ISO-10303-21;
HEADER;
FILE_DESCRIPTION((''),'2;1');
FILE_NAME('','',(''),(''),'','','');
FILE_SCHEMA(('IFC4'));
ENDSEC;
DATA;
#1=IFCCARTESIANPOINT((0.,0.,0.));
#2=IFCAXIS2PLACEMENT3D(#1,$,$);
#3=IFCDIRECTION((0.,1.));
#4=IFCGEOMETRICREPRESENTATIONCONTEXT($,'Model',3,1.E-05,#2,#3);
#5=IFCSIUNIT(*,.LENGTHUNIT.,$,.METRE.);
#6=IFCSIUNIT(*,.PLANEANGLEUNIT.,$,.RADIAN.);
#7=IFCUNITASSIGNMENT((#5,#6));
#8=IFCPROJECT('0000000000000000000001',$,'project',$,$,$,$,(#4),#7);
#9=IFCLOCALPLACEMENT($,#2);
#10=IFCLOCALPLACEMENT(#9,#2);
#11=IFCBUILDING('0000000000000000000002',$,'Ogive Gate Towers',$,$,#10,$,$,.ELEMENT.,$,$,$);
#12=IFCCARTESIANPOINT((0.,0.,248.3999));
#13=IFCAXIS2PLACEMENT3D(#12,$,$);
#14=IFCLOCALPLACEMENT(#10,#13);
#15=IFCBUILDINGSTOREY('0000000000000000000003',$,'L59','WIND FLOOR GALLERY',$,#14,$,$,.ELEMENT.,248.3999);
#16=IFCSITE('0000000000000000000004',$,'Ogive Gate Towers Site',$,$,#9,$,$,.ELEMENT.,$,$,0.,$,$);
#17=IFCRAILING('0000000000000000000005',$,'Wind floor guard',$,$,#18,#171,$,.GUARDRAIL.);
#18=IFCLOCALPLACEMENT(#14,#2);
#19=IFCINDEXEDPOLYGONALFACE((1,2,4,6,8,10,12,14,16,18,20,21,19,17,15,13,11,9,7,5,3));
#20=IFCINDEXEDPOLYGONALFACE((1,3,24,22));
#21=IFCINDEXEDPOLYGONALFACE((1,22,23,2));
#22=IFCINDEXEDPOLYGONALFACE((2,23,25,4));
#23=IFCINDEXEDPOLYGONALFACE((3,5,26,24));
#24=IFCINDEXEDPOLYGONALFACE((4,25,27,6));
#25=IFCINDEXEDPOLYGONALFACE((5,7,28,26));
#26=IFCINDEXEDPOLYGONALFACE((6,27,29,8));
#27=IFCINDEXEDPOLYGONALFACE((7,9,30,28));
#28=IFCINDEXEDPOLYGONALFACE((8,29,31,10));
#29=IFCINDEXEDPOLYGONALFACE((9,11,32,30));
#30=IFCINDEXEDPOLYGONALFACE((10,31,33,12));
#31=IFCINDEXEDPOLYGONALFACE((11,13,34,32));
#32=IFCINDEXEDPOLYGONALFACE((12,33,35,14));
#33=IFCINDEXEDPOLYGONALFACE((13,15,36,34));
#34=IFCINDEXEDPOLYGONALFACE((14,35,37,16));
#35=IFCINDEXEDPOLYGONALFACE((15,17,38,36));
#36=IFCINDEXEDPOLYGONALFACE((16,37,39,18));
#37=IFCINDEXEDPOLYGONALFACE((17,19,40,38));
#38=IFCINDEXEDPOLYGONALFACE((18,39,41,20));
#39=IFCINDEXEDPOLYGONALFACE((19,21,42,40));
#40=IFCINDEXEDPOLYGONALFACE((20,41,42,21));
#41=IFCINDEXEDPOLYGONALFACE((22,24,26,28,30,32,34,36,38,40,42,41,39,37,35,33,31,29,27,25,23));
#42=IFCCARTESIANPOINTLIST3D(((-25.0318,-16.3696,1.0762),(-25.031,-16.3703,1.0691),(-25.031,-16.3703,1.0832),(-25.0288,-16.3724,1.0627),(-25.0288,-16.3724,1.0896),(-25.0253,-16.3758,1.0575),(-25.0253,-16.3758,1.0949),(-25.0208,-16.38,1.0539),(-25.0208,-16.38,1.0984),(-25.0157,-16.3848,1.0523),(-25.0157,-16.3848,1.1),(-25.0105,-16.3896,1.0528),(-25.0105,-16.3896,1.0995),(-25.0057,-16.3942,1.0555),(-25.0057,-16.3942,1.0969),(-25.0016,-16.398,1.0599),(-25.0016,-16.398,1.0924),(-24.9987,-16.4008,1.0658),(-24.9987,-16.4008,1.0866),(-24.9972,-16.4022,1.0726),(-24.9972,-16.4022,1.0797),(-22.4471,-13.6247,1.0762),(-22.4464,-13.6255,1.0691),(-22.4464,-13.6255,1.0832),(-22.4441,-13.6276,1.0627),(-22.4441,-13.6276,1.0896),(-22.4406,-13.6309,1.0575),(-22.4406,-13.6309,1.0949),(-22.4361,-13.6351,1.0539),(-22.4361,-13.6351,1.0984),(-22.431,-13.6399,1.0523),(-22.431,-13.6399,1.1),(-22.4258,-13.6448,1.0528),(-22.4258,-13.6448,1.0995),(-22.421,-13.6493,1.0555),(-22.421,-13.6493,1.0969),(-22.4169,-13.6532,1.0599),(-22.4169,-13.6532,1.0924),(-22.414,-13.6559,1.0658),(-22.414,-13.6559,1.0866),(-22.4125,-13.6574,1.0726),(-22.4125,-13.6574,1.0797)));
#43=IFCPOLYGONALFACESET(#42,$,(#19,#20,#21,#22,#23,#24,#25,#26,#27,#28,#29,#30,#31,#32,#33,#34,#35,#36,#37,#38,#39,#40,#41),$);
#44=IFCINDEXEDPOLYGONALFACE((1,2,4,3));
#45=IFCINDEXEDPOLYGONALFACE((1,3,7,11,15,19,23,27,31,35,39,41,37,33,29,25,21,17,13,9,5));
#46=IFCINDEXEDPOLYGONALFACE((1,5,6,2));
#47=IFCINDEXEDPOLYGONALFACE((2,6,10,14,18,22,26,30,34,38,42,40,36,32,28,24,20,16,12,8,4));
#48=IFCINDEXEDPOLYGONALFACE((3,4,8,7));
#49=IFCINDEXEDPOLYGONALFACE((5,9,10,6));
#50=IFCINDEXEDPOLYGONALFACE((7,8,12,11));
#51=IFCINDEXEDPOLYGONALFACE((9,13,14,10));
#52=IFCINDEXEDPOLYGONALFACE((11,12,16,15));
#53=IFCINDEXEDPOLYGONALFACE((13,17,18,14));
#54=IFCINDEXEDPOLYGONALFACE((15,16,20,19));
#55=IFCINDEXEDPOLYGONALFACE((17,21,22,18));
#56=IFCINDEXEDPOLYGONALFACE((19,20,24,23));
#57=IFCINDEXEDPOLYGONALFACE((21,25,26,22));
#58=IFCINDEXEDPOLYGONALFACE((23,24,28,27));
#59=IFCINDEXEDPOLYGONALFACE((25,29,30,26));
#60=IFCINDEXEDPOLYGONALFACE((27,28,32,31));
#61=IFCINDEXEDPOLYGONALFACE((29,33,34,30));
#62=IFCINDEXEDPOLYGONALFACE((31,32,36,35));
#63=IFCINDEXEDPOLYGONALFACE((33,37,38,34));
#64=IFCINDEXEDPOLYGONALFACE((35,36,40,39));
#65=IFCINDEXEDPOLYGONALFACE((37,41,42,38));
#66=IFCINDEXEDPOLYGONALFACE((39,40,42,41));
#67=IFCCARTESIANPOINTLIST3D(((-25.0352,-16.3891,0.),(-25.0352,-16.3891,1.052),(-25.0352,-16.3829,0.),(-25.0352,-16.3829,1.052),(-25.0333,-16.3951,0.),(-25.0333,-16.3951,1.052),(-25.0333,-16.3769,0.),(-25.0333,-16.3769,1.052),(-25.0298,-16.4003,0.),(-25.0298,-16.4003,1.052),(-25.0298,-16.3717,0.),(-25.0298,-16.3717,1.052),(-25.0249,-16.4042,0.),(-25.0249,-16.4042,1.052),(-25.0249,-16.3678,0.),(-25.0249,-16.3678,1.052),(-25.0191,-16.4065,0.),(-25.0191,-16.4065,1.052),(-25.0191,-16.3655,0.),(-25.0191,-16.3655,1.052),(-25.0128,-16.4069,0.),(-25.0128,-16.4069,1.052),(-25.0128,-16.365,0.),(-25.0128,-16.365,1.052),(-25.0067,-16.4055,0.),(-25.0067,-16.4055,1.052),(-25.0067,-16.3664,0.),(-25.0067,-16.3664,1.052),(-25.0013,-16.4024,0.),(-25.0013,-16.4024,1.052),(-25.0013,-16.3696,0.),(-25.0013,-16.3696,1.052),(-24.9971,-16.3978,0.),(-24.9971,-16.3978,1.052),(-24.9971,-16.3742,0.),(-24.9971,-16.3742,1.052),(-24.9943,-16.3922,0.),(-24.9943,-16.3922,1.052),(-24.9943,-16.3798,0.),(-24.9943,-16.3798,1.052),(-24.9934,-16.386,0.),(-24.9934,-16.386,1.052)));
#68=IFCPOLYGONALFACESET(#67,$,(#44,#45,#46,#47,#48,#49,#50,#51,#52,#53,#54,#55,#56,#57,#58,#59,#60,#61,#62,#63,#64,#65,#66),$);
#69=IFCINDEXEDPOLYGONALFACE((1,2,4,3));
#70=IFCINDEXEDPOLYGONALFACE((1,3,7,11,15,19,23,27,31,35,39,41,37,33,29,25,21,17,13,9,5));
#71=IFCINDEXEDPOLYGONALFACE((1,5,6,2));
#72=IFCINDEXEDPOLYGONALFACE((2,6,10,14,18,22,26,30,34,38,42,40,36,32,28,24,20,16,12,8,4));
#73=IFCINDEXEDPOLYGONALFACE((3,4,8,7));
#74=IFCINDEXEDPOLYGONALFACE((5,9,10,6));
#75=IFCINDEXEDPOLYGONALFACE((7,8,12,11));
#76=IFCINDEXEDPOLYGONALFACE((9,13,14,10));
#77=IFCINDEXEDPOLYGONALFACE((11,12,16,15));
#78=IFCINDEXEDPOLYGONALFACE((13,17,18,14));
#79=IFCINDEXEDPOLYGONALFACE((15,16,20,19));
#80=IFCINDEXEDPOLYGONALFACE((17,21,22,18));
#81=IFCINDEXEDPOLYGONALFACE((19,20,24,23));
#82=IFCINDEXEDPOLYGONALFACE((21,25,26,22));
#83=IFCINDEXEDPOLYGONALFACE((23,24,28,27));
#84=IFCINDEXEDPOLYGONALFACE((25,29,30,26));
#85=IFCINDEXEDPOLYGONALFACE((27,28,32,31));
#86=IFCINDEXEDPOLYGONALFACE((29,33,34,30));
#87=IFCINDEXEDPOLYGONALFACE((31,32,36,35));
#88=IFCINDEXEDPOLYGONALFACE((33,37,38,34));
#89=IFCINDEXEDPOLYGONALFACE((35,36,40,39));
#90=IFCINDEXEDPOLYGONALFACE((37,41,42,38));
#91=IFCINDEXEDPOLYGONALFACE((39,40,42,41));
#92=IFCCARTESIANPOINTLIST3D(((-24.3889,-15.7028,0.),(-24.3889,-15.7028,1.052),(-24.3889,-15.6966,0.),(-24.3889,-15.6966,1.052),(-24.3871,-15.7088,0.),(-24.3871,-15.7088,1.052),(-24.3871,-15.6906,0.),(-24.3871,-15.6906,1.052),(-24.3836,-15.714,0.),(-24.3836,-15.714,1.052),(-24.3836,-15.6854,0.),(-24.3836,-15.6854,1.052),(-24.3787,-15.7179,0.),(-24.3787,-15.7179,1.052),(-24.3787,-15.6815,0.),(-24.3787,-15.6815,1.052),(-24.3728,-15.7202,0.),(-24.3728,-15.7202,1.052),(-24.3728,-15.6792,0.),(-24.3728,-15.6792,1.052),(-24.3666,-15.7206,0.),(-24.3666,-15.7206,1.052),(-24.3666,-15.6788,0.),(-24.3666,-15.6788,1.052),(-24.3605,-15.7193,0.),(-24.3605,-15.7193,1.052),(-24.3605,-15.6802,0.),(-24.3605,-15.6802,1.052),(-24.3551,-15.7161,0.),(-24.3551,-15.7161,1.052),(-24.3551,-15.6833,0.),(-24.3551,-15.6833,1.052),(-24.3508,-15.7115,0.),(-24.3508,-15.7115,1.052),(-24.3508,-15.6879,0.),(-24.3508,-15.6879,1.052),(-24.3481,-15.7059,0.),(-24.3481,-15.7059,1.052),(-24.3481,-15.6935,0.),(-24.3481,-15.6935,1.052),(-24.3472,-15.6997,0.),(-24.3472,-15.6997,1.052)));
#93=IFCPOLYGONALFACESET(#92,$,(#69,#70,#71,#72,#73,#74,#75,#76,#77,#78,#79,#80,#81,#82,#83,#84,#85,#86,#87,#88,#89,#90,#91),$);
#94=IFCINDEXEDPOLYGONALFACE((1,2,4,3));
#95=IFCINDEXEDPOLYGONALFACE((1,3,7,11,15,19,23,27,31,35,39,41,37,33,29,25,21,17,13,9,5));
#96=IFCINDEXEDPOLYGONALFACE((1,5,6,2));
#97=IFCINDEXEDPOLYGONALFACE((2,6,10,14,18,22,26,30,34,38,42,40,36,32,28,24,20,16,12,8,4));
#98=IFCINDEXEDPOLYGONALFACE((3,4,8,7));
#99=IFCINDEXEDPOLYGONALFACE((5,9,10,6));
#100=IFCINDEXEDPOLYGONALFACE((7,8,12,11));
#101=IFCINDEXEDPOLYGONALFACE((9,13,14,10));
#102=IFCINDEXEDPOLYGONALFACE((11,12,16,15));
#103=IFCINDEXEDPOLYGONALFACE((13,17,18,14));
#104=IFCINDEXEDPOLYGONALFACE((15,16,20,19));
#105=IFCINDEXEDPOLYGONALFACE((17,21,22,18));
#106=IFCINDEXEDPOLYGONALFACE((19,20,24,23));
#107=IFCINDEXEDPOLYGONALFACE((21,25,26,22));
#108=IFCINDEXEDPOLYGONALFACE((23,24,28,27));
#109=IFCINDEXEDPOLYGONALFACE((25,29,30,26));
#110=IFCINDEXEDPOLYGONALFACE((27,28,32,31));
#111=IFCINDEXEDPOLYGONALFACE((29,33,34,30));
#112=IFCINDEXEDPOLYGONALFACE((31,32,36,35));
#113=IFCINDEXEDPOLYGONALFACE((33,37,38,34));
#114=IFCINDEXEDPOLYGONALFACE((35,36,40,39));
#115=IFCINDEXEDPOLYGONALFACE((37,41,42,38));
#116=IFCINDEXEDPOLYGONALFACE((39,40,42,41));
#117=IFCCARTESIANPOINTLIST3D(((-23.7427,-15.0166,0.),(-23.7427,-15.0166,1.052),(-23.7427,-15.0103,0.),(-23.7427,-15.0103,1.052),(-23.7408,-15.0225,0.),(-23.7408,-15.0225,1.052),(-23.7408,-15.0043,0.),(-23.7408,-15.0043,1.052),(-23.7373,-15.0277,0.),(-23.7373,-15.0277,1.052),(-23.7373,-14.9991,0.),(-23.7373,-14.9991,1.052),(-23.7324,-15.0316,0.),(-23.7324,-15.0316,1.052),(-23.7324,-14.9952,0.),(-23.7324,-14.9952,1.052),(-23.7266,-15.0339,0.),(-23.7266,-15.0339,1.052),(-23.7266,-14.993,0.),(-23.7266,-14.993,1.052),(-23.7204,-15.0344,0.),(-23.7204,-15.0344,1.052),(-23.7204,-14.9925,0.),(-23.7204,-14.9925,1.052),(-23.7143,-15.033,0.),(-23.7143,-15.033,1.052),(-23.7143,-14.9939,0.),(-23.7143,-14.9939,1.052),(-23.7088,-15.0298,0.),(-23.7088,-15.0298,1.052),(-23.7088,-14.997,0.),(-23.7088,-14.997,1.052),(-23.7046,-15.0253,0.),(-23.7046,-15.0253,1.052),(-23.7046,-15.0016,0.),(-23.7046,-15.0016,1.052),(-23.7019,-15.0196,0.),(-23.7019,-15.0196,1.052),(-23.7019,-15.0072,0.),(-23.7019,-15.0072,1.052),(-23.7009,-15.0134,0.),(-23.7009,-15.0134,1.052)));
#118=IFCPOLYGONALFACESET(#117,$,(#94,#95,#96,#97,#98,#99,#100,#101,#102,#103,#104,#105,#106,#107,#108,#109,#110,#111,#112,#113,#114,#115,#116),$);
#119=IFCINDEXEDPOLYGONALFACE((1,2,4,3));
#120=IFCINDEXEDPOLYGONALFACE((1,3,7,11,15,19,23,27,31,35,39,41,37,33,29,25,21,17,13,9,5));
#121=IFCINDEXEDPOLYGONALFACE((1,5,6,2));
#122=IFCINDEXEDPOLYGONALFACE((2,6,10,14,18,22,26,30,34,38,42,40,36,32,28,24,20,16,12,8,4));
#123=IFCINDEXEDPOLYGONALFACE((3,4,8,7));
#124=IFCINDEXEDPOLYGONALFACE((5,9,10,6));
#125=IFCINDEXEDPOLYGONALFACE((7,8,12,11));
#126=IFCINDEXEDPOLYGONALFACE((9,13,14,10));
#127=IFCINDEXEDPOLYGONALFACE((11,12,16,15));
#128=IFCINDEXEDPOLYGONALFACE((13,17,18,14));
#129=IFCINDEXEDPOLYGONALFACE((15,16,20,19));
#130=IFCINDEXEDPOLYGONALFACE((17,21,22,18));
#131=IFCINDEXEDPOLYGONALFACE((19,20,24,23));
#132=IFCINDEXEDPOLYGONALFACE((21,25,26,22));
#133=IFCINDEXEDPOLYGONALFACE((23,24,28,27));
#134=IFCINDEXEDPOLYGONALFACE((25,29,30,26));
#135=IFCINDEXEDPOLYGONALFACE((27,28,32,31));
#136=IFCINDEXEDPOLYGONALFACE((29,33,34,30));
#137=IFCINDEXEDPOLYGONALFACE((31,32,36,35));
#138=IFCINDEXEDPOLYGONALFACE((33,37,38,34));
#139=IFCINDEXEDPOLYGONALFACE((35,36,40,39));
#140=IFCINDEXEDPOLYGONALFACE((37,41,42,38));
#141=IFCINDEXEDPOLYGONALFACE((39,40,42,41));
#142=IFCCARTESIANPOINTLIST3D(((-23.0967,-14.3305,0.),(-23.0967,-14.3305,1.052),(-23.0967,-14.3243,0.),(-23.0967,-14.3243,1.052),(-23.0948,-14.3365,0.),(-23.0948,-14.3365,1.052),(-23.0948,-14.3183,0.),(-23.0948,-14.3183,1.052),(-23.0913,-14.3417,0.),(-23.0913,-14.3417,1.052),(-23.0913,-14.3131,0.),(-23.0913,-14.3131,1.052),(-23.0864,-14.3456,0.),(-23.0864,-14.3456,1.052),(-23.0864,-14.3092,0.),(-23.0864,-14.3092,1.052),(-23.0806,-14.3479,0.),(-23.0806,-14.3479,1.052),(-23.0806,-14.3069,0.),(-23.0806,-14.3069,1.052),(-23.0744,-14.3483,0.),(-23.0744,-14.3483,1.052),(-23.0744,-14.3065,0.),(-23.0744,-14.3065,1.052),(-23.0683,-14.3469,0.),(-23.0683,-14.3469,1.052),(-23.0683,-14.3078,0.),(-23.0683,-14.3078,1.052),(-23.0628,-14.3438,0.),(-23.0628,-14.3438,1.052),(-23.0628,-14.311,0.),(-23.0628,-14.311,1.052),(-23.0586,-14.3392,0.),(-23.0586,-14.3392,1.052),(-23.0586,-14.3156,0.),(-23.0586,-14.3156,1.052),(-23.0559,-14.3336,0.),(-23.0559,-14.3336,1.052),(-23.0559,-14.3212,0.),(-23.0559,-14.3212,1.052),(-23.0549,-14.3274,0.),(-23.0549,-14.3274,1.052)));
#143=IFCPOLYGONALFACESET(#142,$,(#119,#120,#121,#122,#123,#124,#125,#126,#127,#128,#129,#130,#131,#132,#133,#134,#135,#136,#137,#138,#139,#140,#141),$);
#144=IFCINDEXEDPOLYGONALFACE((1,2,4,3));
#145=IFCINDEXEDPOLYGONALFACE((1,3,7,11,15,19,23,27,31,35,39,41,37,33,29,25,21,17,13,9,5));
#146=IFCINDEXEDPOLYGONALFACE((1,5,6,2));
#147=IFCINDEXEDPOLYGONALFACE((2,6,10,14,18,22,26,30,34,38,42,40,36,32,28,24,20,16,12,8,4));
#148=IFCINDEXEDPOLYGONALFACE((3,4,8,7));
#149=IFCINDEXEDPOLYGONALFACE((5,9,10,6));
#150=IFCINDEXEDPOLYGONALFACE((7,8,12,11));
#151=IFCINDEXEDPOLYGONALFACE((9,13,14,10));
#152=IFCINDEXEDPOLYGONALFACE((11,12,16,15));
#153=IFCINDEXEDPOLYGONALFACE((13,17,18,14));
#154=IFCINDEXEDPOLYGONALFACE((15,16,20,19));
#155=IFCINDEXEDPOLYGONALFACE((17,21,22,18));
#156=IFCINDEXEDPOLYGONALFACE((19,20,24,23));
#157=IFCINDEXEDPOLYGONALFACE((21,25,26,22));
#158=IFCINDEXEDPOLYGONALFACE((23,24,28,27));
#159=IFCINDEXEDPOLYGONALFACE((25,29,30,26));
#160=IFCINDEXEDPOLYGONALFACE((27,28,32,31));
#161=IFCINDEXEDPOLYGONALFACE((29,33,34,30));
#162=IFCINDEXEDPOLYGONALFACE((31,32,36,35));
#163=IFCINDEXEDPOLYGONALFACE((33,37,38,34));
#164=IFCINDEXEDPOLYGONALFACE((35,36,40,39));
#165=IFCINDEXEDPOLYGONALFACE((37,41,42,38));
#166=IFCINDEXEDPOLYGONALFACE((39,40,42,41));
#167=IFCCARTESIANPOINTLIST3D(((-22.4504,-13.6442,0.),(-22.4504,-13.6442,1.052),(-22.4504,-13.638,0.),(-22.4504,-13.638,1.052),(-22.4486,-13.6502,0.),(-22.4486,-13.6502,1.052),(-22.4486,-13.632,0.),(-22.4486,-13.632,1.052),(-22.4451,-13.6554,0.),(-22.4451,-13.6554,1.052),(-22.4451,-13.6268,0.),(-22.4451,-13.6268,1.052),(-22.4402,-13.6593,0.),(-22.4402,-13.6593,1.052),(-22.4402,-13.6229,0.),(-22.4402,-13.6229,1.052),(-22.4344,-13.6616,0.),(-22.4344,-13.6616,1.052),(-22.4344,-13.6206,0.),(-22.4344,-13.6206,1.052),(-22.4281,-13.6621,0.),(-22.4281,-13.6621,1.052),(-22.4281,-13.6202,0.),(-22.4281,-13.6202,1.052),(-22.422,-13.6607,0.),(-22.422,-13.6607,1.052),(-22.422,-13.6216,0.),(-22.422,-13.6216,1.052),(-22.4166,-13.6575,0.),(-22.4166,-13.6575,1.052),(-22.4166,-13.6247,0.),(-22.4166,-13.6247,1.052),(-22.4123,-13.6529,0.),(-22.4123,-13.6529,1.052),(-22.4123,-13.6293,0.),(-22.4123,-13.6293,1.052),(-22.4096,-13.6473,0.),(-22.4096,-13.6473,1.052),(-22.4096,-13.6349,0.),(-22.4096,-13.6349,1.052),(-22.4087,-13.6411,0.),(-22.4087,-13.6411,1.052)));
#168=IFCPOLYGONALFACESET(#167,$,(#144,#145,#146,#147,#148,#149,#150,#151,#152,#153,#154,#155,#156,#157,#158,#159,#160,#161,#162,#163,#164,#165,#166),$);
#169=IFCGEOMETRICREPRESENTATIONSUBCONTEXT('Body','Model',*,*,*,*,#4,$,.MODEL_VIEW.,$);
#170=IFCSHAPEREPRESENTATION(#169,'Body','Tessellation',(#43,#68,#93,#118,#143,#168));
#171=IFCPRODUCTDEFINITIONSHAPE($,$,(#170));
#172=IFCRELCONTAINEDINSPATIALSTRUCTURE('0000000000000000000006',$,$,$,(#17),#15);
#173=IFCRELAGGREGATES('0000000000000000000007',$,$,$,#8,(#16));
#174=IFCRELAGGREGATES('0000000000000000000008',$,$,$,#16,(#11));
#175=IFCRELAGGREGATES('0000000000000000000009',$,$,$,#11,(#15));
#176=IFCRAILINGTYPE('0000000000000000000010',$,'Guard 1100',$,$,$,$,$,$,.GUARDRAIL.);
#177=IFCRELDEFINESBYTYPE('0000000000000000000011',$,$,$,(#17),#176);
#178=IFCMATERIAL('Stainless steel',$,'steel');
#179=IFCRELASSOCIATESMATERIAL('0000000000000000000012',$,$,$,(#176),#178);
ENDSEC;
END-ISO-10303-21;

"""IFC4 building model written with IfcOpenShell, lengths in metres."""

from ifc_helpers import new_model, si_unit, direction, frame, origin, origin_2d, place, context, subcontext, project, spatial, circle, extrude, material, type_object, element, save


model = new_model("IFC4")

# Units and contexts
model_context = context("Model", 3, precision=1e-05, world=origin(), true_north=direction((0.0, 1.0)))
body_context = subcontext(model_context, "Body", "Model", "MODEL_VIEW")
ifc_project = project(units=[si_unit("LENGTHUNIT", "METRE"), si_unit("PLANEANGLEUNIT", "RADIAN")], contexts=[model_context])

# Site, building, storey
site_placement = place(None, origin())
site = spatial("IfcSite", under=ifc_project, at=site_placement, Name="Ogive Gate Towers Site", CompositionType="ELEMENT", RefElevation=0.0)
building_placement = place(site_placement, origin())
building = spatial("IfcBuilding", under=site, at=building_placement, Name="Ogive Gate Towers", CompositionType="ELEMENT")
storey_placement = place(building_placement, frame((0.0, 0.0, 248.3999)))
storey = spatial("IfcBuildingStorey", under=building, at=storey_placement, Name="L59", Description="WIND FLOOR GALLERY", CompositionType="ELEMENT", Elevation=248.3999)

# Railing
ifc_material_1 = material(Name="Stainless steel", Category="steel")
railing_type_1 = type_object("IfcRailingType", Name="Guard 1100", PredefinedType="GUARDRAIL", material=ifc_material_1)
railing_1_placement = place(storey_placement, frame((-25.0144, -16.386, 0.0)))
element("IfcRailing", 1, at=railing_1_placement, inside=storey, type_object=railing_type_1, Name="Wind floor guard", PredefinedType="GUARDRAIL", context=body_context, shape_type="SweptSolid", body=[
    extrude(circle(Radius=0.0239, at=origin_2d()), frame((0.0, 0.0, 1.0762), z_axis=(0.685548, 0.728027, 0.0), x_axis=(-0.728027, 0.685548, 0.0)), (0.0, 0.0, 1.0), 3.7703),
    extrude(circle(Radius=0.021, at=origin_2d()), origin(), (0.0, 0.0, 1.0), 1.052),
    extrude(circle(Radius=0.021, at=origin_2d()), frame((0.6462, 0.6863, 0.0)), (0.0, 0.0, 1.0), 1.052),
    extrude(circle(Radius=0.021, at=origin_2d()), frame((1.2925, 1.3726, 0.0)), (0.0, 0.0, 1.0), 1.052),
    extrude(circle(Radius=0.021, at=origin_2d()), frame((1.9385, 2.0586, 0.0)), (0.0, 0.0, 1.0), 1.052),
    extrude(circle(Radius=0.021, at=origin_2d()), frame((2.5847, 2.7449, 0.0)), (0.0, 0.0, 1.0), 1.052),
])

save(model, "model.ifc")
